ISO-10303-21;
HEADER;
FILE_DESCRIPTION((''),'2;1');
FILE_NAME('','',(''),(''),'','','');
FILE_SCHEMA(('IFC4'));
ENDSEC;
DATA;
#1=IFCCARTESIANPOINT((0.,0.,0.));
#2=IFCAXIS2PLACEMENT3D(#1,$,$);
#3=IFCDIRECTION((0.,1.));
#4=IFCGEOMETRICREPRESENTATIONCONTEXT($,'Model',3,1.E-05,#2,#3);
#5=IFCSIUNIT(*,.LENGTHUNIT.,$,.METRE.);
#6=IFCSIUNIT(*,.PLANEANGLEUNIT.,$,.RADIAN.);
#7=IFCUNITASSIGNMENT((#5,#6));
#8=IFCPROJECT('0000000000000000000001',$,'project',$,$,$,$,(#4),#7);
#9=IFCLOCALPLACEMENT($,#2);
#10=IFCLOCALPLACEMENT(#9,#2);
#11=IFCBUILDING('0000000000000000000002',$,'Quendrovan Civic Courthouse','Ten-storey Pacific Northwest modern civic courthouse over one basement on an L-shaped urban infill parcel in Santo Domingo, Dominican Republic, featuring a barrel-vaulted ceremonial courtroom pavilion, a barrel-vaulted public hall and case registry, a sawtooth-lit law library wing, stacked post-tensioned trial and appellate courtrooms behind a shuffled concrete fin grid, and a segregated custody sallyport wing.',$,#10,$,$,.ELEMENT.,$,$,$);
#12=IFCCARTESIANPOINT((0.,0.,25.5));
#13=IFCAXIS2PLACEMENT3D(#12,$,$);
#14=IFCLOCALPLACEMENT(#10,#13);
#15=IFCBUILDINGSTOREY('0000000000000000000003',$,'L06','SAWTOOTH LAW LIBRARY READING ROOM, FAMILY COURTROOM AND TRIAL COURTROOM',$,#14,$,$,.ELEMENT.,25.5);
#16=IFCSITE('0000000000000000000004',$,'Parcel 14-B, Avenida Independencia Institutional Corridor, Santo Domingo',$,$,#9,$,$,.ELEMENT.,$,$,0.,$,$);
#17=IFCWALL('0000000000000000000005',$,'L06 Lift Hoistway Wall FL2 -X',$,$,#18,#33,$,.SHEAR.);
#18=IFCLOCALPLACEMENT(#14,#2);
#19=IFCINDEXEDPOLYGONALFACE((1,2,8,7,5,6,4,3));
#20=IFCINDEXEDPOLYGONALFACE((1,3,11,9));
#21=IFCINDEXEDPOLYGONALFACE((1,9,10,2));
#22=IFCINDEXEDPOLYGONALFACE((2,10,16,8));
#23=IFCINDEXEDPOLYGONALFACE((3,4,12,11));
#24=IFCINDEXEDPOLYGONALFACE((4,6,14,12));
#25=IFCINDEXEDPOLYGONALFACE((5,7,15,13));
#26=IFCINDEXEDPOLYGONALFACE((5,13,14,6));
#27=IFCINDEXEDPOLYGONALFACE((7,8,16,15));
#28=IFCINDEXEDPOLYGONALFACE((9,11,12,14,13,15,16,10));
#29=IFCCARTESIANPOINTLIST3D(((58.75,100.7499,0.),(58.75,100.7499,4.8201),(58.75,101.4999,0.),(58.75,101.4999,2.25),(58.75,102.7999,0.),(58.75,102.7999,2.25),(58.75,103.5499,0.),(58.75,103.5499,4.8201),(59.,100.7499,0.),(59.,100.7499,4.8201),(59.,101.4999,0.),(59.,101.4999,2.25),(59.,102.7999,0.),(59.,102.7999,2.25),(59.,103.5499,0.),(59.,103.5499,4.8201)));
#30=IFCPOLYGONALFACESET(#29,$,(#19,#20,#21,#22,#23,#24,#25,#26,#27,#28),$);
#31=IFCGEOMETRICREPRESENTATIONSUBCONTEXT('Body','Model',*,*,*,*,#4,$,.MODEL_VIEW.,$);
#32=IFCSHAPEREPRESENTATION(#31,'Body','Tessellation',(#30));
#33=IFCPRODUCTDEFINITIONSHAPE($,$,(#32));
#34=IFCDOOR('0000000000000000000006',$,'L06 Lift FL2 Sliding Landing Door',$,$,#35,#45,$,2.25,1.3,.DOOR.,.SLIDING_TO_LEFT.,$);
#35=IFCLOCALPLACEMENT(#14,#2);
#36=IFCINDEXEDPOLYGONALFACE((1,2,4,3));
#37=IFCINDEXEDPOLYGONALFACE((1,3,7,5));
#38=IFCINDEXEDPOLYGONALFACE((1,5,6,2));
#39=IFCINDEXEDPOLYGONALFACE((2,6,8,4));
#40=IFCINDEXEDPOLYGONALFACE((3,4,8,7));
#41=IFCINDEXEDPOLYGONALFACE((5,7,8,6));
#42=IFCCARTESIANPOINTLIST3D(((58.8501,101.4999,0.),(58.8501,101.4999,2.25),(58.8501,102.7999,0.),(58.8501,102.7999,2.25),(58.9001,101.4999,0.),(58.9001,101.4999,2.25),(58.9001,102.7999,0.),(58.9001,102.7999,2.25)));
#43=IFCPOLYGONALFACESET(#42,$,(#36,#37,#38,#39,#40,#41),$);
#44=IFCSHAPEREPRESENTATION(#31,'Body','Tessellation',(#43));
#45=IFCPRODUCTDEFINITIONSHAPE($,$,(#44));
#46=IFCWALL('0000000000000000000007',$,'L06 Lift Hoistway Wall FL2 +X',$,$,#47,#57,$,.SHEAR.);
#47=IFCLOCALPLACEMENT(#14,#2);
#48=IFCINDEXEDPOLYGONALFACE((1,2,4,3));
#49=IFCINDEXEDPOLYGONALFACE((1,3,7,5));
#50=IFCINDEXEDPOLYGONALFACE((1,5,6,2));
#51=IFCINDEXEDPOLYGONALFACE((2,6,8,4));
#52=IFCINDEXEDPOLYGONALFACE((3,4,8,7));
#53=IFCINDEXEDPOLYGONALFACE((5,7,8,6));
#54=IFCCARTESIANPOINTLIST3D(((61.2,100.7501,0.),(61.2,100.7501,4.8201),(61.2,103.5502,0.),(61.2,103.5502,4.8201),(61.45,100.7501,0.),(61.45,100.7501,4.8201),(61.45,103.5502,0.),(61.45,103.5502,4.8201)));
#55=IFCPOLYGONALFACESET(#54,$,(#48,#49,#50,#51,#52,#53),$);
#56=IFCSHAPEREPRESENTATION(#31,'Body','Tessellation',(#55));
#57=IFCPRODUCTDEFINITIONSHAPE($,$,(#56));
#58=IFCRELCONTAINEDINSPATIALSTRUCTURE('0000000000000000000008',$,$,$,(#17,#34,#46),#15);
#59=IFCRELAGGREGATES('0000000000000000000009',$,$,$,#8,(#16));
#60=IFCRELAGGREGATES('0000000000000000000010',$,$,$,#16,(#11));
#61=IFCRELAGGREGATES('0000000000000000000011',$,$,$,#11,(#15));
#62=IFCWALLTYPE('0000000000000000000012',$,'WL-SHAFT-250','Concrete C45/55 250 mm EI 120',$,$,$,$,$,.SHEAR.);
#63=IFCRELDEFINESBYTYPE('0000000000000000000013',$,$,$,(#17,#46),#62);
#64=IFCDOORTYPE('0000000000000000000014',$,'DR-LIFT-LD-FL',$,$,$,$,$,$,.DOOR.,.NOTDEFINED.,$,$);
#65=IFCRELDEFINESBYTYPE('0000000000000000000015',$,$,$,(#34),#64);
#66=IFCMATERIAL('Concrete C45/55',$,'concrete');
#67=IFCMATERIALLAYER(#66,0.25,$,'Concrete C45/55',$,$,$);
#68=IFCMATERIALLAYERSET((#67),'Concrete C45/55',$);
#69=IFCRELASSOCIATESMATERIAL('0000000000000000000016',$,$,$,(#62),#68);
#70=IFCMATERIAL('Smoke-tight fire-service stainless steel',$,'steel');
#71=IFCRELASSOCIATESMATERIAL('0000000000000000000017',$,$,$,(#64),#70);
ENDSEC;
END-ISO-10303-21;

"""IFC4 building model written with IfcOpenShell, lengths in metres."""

from ifc_helpers import new_model, si_unit, direction, frame, frame_2d, origin, place, context, subcontext, project, spatial, rectangle, extrude, material, layer, layer_set, type_object, element, fill, save


model = new_model("IFC4")

# Units and contexts
model_context = context("Model", 3, precision=1e-05, world=origin(), true_north=direction((0.0, 1.0)))
body_context = subcontext(model_context, "Body", "Model", "MODEL_VIEW")
ifc_project = project(units=[si_unit("LENGTHUNIT", "METRE"), si_unit("PLANEANGLEUNIT", "RADIAN")], contexts=[model_context])

# Site, building, storey
site_placement = place(None, origin())
site = spatial("IfcSite", under=ifc_project, at=site_placement, Name="Parcel 14-B, Avenida Independencia Institutional Corridor, Santo Domingo", CompositionType="ELEMENT", RefElevation=0.0)
building_placement = place(site_placement, origin())
building = spatial("IfcBuilding", under=site, at=building_placement, Name="Quendrovan Civic Courthouse", Description="Ten-storey Pacific Northwest modern civic courthouse over one basement on an L-shaped urban infill parcel in Santo Domingo, Dominican Republic, featuring a barrel-vaulted ceremonial courtroom pavilion, a barrel-vaulted public hall and case registry, a sawtooth-lit law library wing, stacked post-tensioned trial and appellate courtrooms behind a shuffled concrete fin grid, and a segregated custody sallyport wing.", CompositionType="ELEMENT")
storey_placement = place(building_placement, frame((0.0, 0.0, 25.5)))
storey = spatial("IfcBuildingStorey", under=building, at=storey_placement, Name="L06", Description="SAWTOOTH LAW LIBRARY READING ROOM, FAMILY COURTROOM AND TRIAL COURTROOM", CompositionType="ELEMENT", Elevation=25.5)

# Shared definitions
ifc_material_1 = material(Name="Concrete C45/55", Category="concrete")

# Shared definitions
ifc_layer_1 = layer(ifc_material_1, 0.25, Name="Concrete C45/55")
ifc_layer_set_1 = layer_set([ifc_layer_1], Name="Concrete C45/55")
wall_type_1 = type_object("IfcWallType", Name="WL-SHAFT-250", Description="Concrete C45/55 250 mm EI 120", PredefinedType="SHEAR", material=ifc_layer_set_1)

# Wall, opening, door
wall_1_placement = place(storey_placement, frame((58.875, 100.75, 0.0), z_axis=(0.0, 0.0, 1.0), x_axis=(0.0, 1.0, 0.0)))
wall_1 = element("IfcWall", 1, at=wall_1_placement, inside=storey, type_object=wall_type_1, Name="L06 Lift Hoistway Wall FL2 -X", PredefinedType="SHEAR", context=body_context, shape_type="SweptSolid", body=[
    extrude(rectangle(XDim=2.8, YDim=0.25, at=frame_2d((1.3999, 0.0))), origin(), (0.0, 0.0, 1.0), 4.8201),
])
opening_1_placement = place(wall_1_placement, frame((0.75, 0.0, 0.0)))
opening_1 = element("IfcOpeningElement", 2, at=opening_1_placement, cuts=wall_1, PredefinedType="OPENING", context=body_context, shape_type="SweptSolid", body=[
    extrude(rectangle(XDim=1.3, YDim=2.25, at=frame_2d((0.6499, 1.125))), frame((0.0, 0.135, 0.0), z_axis=(0.0, -1.0, 0.0), x_axis=(1.0, 0.0, 0.0)), (0.0, 0.0, 1.0), 0.27),
])
ifc_material_2 = material(Name="Smoke-tight fire-service stainless steel", Category="steel")
door_type_1 = type_object("IfcDoorType", Name="DR-LIFT-LD-FL", OperationType="NOTDEFINED", PredefinedType="DOOR", material=ifc_material_2)
door_1_placement = place(opening_1_placement, origin())
door_1 = element("IfcDoor", 3, at=door_1_placement, inside=storey, type_object=door_type_1, Name="L06 Lift FL2 Sliding Landing Door", OperationType="SLIDING_TO_LEFT", OverallHeight=2.25, OverallWidth=1.3, PredefinedType="DOOR", context=body_context, shape_type="SweptSolid", body=[
    extrude(rectangle(XDim=1.3, YDim=2.25, at=frame_2d((0.6499, 1.125))), frame((0.0, 0.0249, 0.0), z_axis=(0.0, -1.0, 0.0), x_axis=(1.0, 0.0, 0.0)), (0.0, 0.0, 1.0), 0.05),
])
fill(opening_1, door_1)

# Wall
wall_2_placement = place(storey_placement, frame((61.325, 103.55, 0.0), z_axis=(0.0, 0.0, 1.0), x_axis=(0.0, -1.0, 0.0)))
element("IfcWall", 4, at=wall_2_placement, inside=storey, type_object=wall_type_1, Name="L06 Lift Hoistway Wall FL2 +X", PredefinedType="SHEAR", context=body_context, shape_type="SweptSolid", body=[
    extrude(rectangle(XDim=2.8, YDim=0.25, at=frame_2d((1.3999, 0.0))), origin(), (0.0, 0.0, 1.0), 4.8201),
])

save(model, "model.ifc")
